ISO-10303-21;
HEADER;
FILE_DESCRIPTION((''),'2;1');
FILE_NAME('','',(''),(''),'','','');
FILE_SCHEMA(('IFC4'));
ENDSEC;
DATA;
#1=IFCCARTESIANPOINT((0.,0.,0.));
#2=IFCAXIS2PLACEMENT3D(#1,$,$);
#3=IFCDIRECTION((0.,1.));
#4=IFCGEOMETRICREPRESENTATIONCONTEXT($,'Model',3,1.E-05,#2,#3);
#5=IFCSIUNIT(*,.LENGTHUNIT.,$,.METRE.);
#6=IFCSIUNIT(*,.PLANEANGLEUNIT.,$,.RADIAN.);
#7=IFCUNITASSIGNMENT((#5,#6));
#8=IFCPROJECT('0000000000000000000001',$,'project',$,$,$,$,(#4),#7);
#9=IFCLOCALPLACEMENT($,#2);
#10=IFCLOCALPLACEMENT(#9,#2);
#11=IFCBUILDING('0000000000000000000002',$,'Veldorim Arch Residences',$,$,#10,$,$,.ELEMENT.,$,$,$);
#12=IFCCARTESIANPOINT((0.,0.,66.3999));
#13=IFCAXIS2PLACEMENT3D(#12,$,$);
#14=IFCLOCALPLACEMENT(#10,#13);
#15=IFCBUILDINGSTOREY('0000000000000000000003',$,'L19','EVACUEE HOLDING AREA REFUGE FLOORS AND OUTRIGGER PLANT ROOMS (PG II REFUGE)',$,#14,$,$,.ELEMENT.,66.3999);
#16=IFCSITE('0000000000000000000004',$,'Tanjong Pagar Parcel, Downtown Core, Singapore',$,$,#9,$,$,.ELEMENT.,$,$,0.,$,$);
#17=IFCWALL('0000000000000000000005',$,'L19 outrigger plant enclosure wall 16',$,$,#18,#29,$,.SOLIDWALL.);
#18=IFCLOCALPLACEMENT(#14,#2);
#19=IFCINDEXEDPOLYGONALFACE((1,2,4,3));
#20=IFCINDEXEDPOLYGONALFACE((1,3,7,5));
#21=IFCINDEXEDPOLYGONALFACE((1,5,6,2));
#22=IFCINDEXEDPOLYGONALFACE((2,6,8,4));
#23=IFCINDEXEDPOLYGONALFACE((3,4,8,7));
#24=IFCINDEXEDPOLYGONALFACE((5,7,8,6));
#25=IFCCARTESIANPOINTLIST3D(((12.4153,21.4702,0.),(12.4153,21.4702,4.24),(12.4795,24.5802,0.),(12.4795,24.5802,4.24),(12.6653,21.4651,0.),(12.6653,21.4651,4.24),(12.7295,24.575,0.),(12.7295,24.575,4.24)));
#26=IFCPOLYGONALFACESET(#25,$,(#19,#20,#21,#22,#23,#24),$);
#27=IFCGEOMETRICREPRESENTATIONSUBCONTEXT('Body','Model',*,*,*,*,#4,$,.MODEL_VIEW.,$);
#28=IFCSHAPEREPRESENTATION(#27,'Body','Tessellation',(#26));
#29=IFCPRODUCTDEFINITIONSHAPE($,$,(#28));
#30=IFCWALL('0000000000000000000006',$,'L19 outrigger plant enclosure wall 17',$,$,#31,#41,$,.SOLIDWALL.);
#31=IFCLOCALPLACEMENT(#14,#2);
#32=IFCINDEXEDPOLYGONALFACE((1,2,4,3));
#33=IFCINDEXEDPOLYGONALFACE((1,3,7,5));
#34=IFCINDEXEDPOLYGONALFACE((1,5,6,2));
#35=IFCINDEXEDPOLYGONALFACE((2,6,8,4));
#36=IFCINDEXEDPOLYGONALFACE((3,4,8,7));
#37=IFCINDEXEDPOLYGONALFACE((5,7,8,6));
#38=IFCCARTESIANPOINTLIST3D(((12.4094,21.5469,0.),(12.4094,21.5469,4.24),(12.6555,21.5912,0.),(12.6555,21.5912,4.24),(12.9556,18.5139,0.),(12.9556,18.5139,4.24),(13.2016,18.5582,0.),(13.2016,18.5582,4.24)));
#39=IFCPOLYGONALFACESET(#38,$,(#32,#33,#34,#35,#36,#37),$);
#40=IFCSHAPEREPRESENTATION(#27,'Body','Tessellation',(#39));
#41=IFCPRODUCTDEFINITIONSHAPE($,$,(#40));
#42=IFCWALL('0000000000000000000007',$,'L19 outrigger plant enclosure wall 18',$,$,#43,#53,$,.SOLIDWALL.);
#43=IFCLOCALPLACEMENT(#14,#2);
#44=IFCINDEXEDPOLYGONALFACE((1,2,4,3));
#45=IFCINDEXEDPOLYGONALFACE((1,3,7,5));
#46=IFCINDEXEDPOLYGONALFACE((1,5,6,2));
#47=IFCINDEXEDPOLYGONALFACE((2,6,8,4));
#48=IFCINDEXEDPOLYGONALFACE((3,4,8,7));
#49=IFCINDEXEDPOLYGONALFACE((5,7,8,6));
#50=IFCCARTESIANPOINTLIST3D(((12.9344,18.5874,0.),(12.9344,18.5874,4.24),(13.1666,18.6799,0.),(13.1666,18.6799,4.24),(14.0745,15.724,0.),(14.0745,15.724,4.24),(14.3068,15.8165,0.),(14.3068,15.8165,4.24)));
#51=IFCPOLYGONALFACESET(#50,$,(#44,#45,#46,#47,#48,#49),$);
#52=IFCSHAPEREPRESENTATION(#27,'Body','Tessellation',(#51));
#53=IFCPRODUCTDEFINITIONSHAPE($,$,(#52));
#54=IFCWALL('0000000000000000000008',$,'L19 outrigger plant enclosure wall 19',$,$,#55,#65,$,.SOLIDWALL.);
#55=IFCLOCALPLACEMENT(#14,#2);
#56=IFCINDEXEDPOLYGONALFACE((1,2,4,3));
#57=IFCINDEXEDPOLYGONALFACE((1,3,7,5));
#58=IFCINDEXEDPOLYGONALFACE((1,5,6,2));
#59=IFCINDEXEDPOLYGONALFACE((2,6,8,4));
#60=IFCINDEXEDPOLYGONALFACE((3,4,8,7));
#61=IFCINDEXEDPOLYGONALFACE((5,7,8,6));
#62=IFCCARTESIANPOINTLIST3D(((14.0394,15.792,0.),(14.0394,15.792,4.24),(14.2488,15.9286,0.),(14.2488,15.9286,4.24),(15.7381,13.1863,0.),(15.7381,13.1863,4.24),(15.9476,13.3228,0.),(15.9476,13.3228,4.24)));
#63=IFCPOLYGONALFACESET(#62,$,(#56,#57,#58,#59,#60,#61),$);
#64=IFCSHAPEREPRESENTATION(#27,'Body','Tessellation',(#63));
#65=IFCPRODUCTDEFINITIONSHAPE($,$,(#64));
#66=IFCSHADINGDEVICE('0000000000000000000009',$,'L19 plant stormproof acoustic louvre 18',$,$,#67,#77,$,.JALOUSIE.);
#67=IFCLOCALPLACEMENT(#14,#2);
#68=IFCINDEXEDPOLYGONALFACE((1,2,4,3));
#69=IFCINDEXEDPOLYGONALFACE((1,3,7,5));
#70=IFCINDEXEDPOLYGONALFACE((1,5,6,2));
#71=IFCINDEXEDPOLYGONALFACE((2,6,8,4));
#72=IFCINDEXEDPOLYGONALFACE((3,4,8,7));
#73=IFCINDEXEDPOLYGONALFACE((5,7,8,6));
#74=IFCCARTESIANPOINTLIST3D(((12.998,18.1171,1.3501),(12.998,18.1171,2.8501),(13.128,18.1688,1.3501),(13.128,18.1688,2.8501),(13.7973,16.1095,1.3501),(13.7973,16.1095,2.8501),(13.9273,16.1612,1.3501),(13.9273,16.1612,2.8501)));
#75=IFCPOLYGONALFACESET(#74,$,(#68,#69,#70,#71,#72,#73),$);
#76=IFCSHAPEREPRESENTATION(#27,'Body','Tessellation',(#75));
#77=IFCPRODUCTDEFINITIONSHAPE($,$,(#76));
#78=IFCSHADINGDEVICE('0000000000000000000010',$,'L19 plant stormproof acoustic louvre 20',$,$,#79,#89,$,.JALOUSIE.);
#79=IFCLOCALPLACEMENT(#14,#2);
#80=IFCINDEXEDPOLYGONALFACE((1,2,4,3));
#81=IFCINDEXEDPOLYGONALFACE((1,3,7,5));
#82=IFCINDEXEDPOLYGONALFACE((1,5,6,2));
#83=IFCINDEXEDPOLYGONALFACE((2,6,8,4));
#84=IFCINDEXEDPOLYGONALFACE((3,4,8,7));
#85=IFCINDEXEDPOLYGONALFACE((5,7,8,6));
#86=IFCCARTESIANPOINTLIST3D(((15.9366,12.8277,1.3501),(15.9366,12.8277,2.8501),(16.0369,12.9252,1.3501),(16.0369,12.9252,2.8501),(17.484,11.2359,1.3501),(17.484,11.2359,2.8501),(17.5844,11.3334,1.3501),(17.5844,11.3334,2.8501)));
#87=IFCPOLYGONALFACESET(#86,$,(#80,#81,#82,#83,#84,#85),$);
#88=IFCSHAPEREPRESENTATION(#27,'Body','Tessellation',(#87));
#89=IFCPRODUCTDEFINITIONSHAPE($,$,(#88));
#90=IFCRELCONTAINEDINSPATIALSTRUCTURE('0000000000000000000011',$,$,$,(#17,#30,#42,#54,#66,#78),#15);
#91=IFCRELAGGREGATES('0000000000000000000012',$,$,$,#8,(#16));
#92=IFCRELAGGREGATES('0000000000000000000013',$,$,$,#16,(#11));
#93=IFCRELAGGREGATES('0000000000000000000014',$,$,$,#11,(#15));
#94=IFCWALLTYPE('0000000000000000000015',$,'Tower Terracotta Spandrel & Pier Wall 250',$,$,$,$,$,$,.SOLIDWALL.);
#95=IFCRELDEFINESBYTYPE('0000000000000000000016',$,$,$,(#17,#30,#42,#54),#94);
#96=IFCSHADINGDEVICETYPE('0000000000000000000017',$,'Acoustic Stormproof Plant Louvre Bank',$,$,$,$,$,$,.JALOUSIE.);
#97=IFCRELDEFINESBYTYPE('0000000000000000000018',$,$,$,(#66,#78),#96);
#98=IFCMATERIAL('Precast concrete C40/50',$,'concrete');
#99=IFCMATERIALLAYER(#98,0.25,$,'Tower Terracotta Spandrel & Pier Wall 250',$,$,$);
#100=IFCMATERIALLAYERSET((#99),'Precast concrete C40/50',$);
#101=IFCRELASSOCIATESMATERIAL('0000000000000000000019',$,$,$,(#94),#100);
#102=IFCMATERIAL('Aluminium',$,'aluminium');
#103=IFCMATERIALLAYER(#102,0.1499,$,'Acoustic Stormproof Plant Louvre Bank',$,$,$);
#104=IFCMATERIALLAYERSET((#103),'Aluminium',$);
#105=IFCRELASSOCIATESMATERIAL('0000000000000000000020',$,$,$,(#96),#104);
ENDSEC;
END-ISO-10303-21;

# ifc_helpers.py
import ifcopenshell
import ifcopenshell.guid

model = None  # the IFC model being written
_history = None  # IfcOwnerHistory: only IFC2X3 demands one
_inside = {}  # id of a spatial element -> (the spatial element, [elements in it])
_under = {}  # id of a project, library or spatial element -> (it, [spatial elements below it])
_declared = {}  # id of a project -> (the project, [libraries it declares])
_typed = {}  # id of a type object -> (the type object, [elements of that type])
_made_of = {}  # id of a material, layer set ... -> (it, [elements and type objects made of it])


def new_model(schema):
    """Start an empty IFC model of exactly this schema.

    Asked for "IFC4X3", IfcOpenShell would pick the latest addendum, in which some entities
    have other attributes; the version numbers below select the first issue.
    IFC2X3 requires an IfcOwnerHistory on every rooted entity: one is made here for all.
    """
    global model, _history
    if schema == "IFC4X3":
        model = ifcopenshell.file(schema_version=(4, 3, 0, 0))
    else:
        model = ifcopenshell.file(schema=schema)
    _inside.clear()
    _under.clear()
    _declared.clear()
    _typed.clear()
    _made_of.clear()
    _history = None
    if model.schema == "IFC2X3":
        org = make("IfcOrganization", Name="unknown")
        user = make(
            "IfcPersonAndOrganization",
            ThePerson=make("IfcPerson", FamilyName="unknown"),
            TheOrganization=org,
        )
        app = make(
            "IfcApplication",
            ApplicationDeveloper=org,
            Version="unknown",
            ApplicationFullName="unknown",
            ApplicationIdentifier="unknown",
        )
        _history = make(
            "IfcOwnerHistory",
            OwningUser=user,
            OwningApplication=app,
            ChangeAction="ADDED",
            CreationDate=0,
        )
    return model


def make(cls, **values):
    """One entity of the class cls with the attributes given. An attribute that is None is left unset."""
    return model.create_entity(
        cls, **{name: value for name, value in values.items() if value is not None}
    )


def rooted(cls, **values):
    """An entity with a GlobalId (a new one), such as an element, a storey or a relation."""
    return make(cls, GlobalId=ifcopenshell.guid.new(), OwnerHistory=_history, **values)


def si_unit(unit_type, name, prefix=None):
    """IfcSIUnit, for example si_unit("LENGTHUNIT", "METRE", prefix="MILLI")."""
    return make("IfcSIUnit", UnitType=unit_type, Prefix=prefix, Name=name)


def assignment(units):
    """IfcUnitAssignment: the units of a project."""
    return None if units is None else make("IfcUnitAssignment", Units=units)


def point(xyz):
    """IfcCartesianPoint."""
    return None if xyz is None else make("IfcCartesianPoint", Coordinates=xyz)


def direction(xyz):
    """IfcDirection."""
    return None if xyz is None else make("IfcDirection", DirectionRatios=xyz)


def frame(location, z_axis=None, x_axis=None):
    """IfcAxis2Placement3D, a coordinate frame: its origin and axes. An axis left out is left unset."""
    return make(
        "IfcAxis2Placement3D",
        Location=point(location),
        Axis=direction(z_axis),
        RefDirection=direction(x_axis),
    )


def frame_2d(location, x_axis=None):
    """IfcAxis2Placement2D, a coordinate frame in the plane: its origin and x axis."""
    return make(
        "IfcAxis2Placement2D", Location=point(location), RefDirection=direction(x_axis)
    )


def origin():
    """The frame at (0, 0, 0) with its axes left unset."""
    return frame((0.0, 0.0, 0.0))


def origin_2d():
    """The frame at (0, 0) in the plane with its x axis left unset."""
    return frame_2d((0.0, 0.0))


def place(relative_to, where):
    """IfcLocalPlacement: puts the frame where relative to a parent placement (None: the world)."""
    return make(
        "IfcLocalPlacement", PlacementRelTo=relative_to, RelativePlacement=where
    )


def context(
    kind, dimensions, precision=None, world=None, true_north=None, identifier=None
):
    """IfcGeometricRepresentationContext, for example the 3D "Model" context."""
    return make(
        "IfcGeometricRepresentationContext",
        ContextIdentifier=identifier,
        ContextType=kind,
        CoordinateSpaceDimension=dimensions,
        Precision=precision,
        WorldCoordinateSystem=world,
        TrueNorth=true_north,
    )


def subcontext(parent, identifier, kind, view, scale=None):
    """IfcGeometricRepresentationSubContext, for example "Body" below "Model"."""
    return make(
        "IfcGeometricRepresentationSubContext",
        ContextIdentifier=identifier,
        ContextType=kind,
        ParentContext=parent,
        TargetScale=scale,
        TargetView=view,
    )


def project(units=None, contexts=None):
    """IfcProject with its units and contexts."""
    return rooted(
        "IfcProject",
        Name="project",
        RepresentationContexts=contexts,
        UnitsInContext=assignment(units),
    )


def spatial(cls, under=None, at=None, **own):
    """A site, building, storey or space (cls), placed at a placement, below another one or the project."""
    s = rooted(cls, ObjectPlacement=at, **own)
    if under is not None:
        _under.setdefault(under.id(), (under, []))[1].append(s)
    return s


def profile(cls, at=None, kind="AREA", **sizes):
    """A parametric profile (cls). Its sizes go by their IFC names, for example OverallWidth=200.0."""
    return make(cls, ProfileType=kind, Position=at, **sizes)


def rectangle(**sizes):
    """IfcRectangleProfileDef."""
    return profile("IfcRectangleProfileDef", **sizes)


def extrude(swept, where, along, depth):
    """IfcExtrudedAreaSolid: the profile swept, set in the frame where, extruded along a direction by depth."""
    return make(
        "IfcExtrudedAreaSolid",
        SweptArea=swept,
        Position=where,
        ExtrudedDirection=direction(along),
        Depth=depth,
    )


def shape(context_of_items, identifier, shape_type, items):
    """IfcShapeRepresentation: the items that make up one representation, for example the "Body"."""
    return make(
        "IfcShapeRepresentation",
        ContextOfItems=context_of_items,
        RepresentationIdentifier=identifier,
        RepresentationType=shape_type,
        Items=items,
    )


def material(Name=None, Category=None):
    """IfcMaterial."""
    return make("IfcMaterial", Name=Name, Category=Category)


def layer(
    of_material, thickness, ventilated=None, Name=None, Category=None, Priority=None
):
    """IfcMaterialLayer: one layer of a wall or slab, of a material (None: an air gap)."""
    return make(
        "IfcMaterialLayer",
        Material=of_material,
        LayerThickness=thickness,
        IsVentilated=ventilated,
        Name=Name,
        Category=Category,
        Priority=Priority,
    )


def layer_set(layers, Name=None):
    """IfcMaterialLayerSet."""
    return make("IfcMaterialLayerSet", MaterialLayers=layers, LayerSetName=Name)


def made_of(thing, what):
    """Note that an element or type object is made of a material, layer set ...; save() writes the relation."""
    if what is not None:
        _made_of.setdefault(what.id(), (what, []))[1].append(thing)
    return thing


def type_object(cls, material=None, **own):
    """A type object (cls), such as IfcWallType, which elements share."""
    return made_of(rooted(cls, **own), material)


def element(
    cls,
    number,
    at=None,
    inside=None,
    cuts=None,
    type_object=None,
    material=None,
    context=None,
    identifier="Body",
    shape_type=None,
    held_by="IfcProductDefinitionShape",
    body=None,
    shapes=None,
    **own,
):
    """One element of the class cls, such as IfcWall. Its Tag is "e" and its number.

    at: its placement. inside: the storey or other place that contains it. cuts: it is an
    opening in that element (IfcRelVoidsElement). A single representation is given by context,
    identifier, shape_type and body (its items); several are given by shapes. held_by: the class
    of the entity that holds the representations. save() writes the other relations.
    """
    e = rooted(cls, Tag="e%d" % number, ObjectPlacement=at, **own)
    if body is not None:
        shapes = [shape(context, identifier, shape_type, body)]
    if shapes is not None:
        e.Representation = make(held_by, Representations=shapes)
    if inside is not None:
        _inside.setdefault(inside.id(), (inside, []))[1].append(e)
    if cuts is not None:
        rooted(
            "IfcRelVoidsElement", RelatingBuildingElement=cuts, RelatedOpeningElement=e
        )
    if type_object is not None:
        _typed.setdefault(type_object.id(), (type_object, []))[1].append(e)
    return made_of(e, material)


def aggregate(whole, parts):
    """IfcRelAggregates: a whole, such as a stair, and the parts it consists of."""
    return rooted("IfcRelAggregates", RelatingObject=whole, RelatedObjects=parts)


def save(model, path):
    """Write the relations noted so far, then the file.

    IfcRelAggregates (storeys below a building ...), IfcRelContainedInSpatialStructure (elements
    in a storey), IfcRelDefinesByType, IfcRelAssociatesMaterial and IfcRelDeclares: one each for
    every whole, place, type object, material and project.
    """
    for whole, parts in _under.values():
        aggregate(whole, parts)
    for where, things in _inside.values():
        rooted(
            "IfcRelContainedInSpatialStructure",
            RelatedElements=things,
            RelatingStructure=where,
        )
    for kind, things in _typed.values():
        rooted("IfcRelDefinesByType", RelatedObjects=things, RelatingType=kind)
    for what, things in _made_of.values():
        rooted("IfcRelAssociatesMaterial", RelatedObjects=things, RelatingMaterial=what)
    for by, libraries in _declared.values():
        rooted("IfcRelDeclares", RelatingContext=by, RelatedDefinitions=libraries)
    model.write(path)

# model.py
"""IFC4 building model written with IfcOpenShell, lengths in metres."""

from ifc_helpers import new_model, si_unit, direction, frame, frame_2d, origin, origin_2d, place, context, subcontext, project, spatial, rectangle, extrude, material, layer, layer_set, type_object, element, save


model = new_model("IFC4")

# Units and contexts
model_context = context("Model", 3, precision=1e-05, world=origin(), true_north=direction((0.0, 1.0)))
body_context = subcontext(model_context, "Body", "Model", "MODEL_VIEW")
ifc_project = project(units=[si_unit("LENGTHUNIT", "METRE"), si_unit("PLANEANGLEUNIT", "RADIAN")], contexts=[model_context])

# Site, building, storey
site_placement = place(None, origin())
site = spatial("IfcSite", under=ifc_project, at=site_placement, Name="Tanjong Pagar Parcel, Downtown Core, Singapore", CompositionType="ELEMENT", RefElevation=0.0)
building_placement = place(site_placement, origin())
building = spatial("IfcBuilding", under=site, at=building_placement, Name="Veldorim Arch Residences", CompositionType="ELEMENT")
storey_placement = place(building_placement, frame((0.0, 0.0, 66.3999)))
storey = spatial("IfcBuildingStorey", under=building, at=storey_placement, Name="L19", Description="EVACUEE HOLDING AREA REFUGE FLOORS AND OUTRIGGER PLANT ROOMS (PG II REFUGE)", CompositionType="ELEMENT", Elevation=66.3999)

# Walls
ifc_material_1 = material(Name="Precast concrete C40/50", Category="concrete")
ifc_layer_1 = layer(ifc_material_1, 0.25, Name="Tower Terracotta Spandrel & Pier Wall 250")
ifc_layer_set_1 = layer_set([ifc_layer_1], Name="Precast concrete C40/50")
wall_type = type_object("IfcWallType", Name="Tower Terracotta Spandrel & Pier Wall 250", PredefinedType="SOLIDWALL", material=ifc_layer_set_1)
wall_1_placement = place(storey_placement, frame((12.5403, 21.4678, 0.0), z_axis=(0.0, 0.0, 1.0), x_axis=(0.020642, 0.999787, 0.0)))
element("IfcWall", 1, at=wall_1_placement, inside=storey, type_object=wall_type, Name="L19 outrigger plant enclosure wall 16", PredefinedType="SOLIDWALL", context=body_context, shape_type="SweptSolid", body=[
    extrude(rectangle(XDim=3.1106, YDim=0.25, at=frame_2d((1.5552, 0.0))), origin(), (0.0, 0.0, 1.0), 4.24),
])
wall_2_placement = place(storey_placement, frame((13.0786, 18.5359, 0.0), z_axis=(0.0, 0.0, 1.0), x_axis=(-0.177219, 0.984171, 0.0)))
element("IfcWall", 2, at=wall_2_placement, inside=storey, type_object=wall_type, Name="L19 outrigger plant enclosure wall 17", PredefinedType="SOLIDWALL", context=body_context, shape_type="SweptSolid", body=[
    extrude(rectangle(XDim=3.0818, YDim=0.25, at=frame_2d((1.541, 0.0))), origin(), (0.0, 0.0, 1.0), 4.24),
])
wall_3_placement = place(storey_placement, frame((14.1907, 15.7703, 0.0), z_axis=(0.0, 0.0, 1.0), x_axis=(-0.369942, 0.929055, 0.0)))
element("IfcWall", 3, at=wall_3_placement, inside=storey, type_object=wall_type, Name="L19 outrigger plant enclosure wall 18", PredefinedType="SOLIDWALL", context=body_context, shape_type="SweptSolid", body=[
    extrude(rectangle(XDim=3.082, YDim=0.25, at=frame_2d((1.541, 0.0))), origin(), (0.0, 0.0, 1.0), 4.24),
])
wall_4_placement = place(storey_placement, frame((15.8428, 13.2546, 0.0), z_axis=(0.0, 0.0, 1.0), x_axis=(-0.546122, 0.837706, 0.0)))
element("IfcWall", 4, at=wall_4_placement, inside=storey, type_object=wall_type, Name="L19 outrigger plant enclosure wall 19", PredefinedType="SOLIDWALL", context=body_context, shape_type="SweptSolid", body=[
    extrude(rectangle(XDim=3.1106, YDim=0.25, at=frame_2d((1.5552, 0.0))), origin(), (0.0, 0.0, 1.0), 4.24),
])

# Shading devices
ifc_material_2 = material(Name="Aluminium", Category="aluminium")
ifc_layer_2 = layer(ifc_material_2, 0.1499, Name="Acoustic Stormproof Plant Louvre Bank")
ifc_layer_set_2 = layer_set([ifc_layer_2], Name="Aluminium")
shading_device_type = type_object("IfcShadingDeviceType", Name="Acoustic Stormproof Plant Louvre Bank", PredefinedType="JALOUSIE", material=ifc_layer_set_2)
shading_device_1_placement = place(storey_placement, frame((13.4626, 17.1392, 1.3501), z_axis=(0.0, 0.0, 1.0), x_axis=(-0.369909, 0.929068, 0.0)))
element("IfcShadingDevice", 5, at=shading_device_1_placement, inside=storey, type_object=shading_device_type, Name="L19 plant stormproof acoustic louvre 18", PredefinedType="JALOUSIE", context=body_context, shape_type="SweptSolid", body=[
    extrude(rectangle(XDim=2.1609, YDim=0.1399, at=origin_2d()), origin(), (0.0, 0.0, 1.0), 1.5),
])
shading_device_2_placement = place(storey_placement, frame((16.7605, 12.0806, 1.3501), z_axis=(0.0, 0.0, 1.0), x_axis=(-0.69704, 0.717032, 0.0)))
element("IfcShadingDevice", 6, at=shading_device_2_placement, inside=storey, type_object=shading_device_type, Name="L19 plant stormproof acoustic louvre 20", PredefinedType="JALOUSIE", context=body_context, shape_type="SweptSolid", body=[
    extrude(rectangle(XDim=2.22, YDim=0.1399, at=origin_2d()), origin(), (0.0, 0.0, 1.0), 1.5),
])

save(model, "model.ifc")
